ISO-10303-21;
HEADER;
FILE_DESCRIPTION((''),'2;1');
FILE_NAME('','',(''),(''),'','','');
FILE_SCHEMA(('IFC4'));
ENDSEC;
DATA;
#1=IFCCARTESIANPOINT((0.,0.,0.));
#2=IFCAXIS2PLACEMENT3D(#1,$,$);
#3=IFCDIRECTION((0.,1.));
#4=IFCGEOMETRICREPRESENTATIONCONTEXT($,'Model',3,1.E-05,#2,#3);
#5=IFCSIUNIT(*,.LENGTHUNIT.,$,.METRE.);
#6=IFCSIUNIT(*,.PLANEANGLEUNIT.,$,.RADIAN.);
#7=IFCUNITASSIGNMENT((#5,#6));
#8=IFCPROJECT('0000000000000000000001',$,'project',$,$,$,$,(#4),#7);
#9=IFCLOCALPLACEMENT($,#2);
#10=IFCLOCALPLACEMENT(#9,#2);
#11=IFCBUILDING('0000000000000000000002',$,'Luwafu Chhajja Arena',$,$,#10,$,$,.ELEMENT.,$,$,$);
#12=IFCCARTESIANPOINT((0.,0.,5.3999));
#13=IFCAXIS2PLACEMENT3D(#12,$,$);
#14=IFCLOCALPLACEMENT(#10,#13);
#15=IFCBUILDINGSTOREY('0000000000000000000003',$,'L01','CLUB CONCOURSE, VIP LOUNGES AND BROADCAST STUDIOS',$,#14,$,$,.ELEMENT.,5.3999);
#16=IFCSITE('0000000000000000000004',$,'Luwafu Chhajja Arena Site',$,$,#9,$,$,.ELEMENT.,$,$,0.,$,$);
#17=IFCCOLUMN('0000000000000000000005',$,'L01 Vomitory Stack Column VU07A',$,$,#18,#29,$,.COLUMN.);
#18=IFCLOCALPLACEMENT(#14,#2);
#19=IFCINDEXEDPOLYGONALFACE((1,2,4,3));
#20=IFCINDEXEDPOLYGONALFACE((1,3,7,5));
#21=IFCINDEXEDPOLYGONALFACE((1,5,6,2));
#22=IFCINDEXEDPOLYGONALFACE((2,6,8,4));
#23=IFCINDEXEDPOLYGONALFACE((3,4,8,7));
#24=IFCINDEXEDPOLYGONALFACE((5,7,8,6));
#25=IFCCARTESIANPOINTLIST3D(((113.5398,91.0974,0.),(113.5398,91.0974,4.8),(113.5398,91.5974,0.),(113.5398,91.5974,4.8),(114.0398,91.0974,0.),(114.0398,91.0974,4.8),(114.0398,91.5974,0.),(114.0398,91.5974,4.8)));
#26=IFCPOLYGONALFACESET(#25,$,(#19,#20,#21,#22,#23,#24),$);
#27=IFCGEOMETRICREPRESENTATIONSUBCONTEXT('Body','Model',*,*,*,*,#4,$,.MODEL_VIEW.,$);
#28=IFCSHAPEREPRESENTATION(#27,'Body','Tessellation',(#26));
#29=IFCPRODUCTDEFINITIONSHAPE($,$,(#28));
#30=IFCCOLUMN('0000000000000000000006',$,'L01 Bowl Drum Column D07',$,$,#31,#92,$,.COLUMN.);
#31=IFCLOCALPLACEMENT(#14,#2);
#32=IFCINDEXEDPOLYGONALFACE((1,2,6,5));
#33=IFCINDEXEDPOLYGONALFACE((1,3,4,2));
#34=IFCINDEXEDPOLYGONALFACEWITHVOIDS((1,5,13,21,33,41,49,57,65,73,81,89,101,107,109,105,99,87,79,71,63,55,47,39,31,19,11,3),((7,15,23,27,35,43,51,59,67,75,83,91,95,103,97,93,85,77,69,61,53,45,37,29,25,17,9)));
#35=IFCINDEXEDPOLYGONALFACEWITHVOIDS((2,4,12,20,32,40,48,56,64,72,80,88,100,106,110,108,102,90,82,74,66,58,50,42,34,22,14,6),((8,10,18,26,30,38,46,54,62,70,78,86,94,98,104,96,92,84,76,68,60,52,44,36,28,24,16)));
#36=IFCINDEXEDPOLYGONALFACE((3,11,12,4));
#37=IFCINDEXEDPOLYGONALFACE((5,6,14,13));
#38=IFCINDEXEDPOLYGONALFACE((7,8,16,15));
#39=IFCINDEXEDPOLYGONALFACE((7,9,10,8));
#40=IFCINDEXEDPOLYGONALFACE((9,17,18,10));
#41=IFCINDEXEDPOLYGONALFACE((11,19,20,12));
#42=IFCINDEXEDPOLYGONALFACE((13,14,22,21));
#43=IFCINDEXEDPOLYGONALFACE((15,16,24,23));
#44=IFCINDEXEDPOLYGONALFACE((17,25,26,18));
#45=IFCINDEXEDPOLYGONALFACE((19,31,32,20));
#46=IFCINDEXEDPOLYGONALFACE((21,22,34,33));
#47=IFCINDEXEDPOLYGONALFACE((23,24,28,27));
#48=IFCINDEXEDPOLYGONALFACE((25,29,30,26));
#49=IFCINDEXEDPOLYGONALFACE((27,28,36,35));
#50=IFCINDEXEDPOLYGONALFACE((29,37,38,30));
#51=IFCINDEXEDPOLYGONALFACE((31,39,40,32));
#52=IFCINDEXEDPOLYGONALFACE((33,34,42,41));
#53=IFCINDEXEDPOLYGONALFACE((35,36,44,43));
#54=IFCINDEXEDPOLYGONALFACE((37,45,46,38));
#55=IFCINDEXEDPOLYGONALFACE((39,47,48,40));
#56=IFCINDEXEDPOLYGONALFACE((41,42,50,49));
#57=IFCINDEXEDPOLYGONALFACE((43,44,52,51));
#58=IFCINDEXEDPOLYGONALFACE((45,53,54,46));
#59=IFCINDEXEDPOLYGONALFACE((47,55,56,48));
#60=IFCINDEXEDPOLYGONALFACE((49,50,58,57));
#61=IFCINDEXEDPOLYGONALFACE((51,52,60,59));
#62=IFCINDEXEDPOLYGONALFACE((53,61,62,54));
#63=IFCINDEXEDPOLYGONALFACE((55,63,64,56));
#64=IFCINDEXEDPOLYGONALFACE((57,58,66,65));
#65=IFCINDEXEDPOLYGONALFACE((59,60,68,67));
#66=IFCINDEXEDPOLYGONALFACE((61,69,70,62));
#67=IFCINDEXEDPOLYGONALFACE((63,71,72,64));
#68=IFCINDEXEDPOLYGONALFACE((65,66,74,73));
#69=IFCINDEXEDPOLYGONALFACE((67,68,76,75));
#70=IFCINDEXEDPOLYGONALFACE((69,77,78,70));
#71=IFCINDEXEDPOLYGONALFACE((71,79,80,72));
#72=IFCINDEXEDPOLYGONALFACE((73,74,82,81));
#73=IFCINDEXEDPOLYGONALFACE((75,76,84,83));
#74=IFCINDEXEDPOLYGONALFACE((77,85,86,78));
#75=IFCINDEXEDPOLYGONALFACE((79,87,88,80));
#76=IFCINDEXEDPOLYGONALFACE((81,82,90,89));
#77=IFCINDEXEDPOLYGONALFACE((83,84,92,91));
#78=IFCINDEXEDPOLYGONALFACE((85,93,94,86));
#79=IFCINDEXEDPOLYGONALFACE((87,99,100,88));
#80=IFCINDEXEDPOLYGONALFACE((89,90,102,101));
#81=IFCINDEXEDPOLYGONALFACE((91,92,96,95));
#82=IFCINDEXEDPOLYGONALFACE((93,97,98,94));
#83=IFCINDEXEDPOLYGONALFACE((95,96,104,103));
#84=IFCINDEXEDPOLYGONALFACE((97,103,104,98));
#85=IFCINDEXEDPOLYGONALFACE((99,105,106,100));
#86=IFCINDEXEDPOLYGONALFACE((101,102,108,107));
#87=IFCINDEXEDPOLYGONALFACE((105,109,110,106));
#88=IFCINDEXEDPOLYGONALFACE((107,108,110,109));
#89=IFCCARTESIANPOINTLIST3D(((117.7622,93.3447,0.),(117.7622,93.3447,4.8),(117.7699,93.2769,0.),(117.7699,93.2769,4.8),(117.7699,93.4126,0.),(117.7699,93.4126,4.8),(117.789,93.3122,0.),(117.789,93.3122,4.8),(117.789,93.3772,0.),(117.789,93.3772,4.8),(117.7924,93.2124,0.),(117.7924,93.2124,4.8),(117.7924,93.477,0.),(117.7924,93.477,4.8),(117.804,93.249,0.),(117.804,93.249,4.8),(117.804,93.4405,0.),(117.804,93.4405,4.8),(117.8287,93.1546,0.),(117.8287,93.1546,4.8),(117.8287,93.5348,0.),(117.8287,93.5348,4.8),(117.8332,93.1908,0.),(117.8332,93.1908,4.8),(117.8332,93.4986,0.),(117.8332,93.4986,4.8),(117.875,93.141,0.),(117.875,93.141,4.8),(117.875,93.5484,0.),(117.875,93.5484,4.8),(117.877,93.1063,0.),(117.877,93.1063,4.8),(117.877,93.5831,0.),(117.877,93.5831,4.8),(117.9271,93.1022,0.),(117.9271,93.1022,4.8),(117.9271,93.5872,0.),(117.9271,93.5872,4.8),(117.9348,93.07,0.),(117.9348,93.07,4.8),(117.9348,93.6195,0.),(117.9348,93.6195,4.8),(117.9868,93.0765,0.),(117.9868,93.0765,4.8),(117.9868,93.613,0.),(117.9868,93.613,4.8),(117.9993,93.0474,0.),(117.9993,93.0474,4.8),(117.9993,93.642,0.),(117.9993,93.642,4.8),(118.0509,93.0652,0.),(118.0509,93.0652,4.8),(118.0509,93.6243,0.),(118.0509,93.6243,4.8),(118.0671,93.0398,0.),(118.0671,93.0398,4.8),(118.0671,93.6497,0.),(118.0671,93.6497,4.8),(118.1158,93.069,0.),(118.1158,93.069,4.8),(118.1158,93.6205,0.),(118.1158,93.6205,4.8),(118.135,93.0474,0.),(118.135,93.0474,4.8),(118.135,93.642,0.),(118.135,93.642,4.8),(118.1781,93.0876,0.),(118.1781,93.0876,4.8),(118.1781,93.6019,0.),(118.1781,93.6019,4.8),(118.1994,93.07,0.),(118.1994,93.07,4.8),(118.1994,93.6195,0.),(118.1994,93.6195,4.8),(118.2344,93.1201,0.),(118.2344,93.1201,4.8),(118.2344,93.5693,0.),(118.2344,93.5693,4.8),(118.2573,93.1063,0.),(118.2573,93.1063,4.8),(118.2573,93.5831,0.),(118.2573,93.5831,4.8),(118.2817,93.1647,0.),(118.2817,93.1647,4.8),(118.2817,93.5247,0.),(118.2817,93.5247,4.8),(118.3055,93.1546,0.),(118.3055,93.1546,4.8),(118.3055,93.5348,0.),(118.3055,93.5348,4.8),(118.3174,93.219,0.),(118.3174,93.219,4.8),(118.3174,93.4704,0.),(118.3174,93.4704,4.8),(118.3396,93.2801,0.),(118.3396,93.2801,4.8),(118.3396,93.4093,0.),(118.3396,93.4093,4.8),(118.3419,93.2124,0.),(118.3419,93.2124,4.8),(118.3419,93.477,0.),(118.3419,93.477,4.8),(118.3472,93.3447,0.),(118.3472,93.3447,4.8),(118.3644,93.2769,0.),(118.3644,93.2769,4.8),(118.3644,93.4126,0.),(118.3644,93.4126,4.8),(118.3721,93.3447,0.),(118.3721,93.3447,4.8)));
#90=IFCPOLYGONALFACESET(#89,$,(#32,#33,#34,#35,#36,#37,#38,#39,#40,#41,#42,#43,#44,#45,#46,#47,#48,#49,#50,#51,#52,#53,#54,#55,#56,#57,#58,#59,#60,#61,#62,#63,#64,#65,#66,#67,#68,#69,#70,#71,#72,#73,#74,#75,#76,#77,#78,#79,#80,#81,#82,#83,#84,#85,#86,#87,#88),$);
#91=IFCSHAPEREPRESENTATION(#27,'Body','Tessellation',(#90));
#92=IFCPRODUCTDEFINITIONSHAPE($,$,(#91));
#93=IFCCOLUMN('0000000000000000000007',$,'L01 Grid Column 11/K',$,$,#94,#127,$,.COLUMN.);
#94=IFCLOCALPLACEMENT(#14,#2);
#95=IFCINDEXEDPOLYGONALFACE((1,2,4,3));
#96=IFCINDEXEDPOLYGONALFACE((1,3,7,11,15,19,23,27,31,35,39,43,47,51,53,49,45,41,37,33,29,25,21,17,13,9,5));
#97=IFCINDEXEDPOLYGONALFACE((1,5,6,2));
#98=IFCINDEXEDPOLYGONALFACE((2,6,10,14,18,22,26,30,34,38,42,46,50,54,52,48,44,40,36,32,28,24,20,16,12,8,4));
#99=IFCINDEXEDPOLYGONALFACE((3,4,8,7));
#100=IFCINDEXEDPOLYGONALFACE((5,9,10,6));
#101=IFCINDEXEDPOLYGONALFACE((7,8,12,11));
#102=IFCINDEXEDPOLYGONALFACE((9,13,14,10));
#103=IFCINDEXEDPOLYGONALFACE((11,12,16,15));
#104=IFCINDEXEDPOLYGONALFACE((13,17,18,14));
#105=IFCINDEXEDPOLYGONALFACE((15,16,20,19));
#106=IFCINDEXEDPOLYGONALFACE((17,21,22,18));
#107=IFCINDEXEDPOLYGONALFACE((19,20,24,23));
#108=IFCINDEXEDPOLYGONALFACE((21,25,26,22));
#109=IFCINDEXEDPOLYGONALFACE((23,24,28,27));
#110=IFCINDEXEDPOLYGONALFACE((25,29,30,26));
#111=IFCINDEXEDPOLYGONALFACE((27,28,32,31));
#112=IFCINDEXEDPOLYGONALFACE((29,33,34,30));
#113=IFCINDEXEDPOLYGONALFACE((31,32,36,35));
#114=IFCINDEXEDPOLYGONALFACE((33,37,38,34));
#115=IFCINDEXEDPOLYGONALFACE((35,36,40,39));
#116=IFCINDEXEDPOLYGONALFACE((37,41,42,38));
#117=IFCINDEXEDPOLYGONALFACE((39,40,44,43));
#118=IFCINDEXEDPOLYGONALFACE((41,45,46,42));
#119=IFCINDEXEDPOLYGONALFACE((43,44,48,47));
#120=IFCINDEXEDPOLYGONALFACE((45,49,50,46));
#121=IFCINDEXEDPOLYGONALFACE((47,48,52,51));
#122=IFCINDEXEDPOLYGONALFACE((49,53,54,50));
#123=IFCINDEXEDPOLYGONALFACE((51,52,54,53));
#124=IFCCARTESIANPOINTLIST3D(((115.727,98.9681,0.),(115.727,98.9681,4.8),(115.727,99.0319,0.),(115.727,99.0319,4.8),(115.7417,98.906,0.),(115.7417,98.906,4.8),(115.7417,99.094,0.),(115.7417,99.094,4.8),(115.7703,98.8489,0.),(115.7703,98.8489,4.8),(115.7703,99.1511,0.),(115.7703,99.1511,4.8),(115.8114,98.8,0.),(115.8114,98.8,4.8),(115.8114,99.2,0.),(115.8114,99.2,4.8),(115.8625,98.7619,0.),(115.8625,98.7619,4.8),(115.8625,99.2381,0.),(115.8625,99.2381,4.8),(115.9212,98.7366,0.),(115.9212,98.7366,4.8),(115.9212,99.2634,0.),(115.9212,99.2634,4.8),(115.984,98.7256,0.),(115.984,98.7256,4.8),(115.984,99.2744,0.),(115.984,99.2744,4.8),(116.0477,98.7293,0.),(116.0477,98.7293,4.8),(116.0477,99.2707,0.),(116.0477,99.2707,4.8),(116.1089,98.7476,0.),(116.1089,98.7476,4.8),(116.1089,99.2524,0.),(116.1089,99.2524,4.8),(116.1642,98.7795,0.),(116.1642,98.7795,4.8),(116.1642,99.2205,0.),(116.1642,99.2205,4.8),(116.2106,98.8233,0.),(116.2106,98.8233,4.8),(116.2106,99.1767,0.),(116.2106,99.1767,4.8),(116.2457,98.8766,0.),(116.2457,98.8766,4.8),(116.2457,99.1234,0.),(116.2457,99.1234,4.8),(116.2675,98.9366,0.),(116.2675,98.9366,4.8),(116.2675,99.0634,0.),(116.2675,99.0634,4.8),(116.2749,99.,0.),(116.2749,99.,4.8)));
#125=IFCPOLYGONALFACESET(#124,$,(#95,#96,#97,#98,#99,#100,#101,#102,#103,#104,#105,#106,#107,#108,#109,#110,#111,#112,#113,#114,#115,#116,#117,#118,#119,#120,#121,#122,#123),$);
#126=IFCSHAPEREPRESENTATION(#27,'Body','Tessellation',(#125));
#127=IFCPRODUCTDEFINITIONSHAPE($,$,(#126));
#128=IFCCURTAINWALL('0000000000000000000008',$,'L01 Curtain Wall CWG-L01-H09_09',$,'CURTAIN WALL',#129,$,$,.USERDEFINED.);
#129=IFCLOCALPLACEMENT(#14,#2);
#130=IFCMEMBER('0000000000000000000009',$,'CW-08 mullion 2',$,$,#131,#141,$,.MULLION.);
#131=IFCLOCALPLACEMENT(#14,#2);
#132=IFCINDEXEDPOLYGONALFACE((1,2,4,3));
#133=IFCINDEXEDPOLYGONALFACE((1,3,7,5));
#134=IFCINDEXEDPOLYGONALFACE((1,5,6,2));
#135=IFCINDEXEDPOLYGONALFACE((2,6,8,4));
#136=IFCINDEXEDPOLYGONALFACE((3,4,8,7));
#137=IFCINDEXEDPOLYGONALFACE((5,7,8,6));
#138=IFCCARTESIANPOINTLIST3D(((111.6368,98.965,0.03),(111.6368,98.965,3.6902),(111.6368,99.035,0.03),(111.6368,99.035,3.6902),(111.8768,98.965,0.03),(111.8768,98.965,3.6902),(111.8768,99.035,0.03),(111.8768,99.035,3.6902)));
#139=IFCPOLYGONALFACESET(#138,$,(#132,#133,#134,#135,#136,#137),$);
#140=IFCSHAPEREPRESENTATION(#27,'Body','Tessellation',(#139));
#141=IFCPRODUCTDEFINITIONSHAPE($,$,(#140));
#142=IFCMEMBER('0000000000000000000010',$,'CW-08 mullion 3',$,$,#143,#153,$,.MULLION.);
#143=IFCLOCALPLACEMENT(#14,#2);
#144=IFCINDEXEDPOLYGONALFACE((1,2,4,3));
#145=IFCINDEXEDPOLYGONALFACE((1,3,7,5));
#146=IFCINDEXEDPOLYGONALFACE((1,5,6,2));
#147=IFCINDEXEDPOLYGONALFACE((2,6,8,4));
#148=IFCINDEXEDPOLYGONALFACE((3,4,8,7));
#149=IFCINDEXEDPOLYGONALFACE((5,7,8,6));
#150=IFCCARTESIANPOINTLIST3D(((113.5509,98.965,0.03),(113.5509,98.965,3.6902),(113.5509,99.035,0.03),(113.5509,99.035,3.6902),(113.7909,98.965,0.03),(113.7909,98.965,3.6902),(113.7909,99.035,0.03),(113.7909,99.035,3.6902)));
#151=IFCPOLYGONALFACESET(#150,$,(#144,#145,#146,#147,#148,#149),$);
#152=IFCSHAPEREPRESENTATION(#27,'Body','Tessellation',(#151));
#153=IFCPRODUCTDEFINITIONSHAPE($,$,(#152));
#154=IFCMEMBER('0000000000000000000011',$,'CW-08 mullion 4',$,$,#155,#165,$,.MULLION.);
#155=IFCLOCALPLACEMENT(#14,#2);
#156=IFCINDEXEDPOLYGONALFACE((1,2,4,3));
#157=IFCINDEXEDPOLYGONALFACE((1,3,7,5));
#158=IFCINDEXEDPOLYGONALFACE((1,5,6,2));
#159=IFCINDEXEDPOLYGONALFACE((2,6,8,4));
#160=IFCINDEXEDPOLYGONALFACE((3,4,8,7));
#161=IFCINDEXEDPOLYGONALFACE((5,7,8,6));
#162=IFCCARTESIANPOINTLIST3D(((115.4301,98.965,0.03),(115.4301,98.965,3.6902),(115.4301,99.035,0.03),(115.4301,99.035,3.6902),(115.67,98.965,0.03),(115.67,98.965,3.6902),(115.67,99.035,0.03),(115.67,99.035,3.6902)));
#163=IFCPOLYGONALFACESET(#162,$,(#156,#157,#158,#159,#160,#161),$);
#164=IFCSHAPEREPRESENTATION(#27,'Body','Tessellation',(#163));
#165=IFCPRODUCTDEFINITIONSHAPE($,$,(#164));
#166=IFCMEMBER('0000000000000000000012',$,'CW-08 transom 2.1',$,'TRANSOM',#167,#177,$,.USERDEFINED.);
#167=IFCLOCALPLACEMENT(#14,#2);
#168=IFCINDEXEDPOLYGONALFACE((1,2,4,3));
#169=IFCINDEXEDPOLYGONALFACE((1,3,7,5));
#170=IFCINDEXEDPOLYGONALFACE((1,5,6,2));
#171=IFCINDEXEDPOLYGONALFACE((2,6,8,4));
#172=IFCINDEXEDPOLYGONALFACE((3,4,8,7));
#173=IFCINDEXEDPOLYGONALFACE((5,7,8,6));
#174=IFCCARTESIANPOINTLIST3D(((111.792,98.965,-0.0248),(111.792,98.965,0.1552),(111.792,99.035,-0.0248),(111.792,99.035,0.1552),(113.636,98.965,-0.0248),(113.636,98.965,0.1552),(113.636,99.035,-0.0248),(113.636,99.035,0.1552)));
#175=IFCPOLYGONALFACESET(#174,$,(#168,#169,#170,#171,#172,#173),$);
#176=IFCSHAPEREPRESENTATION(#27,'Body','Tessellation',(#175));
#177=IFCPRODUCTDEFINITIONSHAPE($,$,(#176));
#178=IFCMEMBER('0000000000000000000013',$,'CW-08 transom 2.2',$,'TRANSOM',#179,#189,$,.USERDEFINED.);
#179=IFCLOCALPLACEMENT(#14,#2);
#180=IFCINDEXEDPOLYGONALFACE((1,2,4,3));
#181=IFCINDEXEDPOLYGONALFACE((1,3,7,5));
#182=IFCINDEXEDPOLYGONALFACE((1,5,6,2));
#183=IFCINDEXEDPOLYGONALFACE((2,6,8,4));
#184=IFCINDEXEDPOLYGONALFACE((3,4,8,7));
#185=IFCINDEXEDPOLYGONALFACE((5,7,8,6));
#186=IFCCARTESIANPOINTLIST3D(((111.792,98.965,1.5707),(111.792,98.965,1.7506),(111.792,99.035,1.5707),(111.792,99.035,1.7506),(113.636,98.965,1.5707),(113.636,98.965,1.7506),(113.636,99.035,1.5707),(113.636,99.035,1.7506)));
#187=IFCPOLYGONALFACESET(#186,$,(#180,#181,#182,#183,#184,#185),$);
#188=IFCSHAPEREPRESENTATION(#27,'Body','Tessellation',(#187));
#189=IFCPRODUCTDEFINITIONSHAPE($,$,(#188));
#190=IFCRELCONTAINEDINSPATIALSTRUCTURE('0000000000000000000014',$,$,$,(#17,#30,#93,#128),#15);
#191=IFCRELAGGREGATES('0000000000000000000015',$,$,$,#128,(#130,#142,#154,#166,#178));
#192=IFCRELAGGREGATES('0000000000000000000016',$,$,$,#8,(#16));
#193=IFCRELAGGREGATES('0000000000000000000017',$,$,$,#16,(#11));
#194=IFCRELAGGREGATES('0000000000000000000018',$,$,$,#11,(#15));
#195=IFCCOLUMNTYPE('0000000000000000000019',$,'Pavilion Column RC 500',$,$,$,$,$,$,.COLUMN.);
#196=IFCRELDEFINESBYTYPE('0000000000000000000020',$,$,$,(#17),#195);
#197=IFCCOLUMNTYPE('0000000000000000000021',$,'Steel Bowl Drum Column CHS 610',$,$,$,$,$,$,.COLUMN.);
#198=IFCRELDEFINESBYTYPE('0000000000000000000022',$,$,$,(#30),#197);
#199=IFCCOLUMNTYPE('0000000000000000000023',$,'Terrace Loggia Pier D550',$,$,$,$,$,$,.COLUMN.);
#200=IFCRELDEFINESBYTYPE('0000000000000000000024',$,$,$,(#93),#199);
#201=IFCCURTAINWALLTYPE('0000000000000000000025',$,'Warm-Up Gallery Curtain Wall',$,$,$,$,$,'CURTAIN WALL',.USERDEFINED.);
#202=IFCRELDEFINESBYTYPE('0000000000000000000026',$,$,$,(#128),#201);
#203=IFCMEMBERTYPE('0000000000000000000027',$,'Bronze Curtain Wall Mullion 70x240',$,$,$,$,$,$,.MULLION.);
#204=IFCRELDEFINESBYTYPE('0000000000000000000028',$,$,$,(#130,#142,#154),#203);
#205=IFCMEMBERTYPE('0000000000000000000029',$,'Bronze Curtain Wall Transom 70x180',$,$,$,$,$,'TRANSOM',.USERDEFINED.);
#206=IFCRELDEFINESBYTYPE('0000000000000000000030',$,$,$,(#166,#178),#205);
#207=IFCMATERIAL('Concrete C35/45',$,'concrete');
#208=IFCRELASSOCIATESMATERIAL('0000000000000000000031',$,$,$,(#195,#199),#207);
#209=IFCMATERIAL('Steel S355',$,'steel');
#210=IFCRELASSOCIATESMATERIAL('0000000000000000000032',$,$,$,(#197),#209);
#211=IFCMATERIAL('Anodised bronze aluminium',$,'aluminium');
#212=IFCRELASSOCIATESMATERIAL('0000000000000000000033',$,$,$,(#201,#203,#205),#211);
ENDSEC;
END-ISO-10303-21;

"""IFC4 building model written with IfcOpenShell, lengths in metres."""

from ifc_helpers import new_model, si_unit, direction, frame, origin, origin_2d, place, context, subcontext, project, spatial, rectangle, circle, hollow_circle, extrude, material, material_profile, profile_set, type_object, element, aggregate, save


model = new_model("IFC4")

# Units and contexts
model_context = context("Model", 3, precision=1e-05, world=origin(), true_north=direction((0.0, 1.0)))
body_context = subcontext(model_context, "Body", "Model", "MODEL_VIEW")
ifc_project = project(units=[si_unit("LENGTHUNIT", "METRE"), si_unit("PLANEANGLEUNIT", "RADIAN")], contexts=[model_context])

# Site, building, storey
site_placement = place(None, origin())
site = spatial("IfcSite", under=ifc_project, at=site_placement, Name="Luwafu Chhajja Arena Site", CompositionType="ELEMENT", RefElevation=0.0)
building_placement = place(site_placement, origin())
building = spatial("IfcBuilding", under=site, at=building_placement, Name="Luwafu Chhajja Arena", CompositionType="ELEMENT")
storey_placement = place(building_placement, frame((0.0, 0.0, 5.3999)))
storey = spatial("IfcBuildingStorey", under=building, at=storey_placement, Name="L01", Description="CLUB CONCOURSE, VIP LOUNGES AND BROADCAST STUDIOS", CompositionType="ELEMENT", Elevation=5.3999)

# Columns
ifc_material_1 = material(Name="Concrete C35/45", Category="concrete")
ifc_material_profile_1 = material_profile(ifc_material_1, rectangle(XDim=0.5, YDim=0.5, at=origin_2d()), Name="RC 500x500")
ifc_profile_set_1 = profile_set([ifc_material_profile_1], Name="Concrete C35/45")
column_type_1 = type_object("IfcColumnType", Name="Pavilion Column RC 500", PredefinedType="COLUMN", material=ifc_profile_set_1)
column_1_placement = place(storey_placement, frame((113.7898, 91.3474, 0.0), z_axis=(0.0, 0.0, 1.0), x_axis=(1.0, 0.0, 0.0)))
element("IfcColumn", 1, at=column_1_placement, inside=storey, type_object=column_type_1, Name="L01 Vomitory Stack Column VU07A", PredefinedType="COLUMN", context=body_context, shape_type="SweptSolid", body=[
    extrude(rectangle(XDim=0.5, YDim=0.5, at=origin_2d()), origin(), (0.0, 0.0, 1.0), 4.8),
])
ifc_material_2 = material(Name="Steel S355", Category="steel")
ifc_material_profile_2 = material_profile(ifc_material_2, hollow_circle(Radius=0.3049, WallThickness=0.0249, at=origin_2d()), Name="CHS 610x25")
ifc_profile_set_2 = profile_set([ifc_material_profile_2], Name="Steel S355")
column_type_2 = type_object("IfcColumnType", Name="Steel Bowl Drum Column CHS 610", PredefinedType="COLUMN", material=ifc_profile_set_2)
column_2_placement = place(storey_placement, frame((118.0671, 93.3447, 0.0), z_axis=(0.0, 0.0, 1.0), x_axis=(1.0, 0.0, 0.0)))
element("IfcColumn", 2, at=column_2_placement, inside=storey, type_object=column_type_2, Name="L01 Bowl Drum Column D07", PredefinedType="COLUMN", context=body_context, shape_type="SweptSolid", body=[
    extrude(hollow_circle(Radius=0.3049, WallThickness=0.0249, at=origin_2d()), origin(), (0.0, 0.0, 1.0), 4.8),
])
ifc_material_profile_3 = material_profile(ifc_material_1, circle(Radius=0.2749, at=origin_2d()), Name="RC COL D550")
ifc_profile_set_3 = profile_set([ifc_material_profile_3], Name="Concrete C35/45")
column_type_3 = type_object("IfcColumnType", Name="Terrace Loggia Pier D550", PredefinedType="COLUMN", material=ifc_profile_set_3)
column_3_placement = place(storey_placement, frame((116.0, 99.0, 0.0), z_axis=(0.0, 0.0, 1.0), x_axis=(1.0, 0.0, 0.0)))
element("IfcColumn", 3, at=column_3_placement, inside=storey, type_object=column_type_3, Name="L01 Grid Column 11/K", PredefinedType="COLUMN", context=body_context, shape_type="SweptSolid", body=[
    extrude(circle(Radius=0.2749, at=origin_2d()), origin(), (0.0, 0.0, 1.0), 4.8),
])

# Curtain wall, members
ifc_material_3 = material(Name="Anodised bronze aluminium", Category="aluminium")
curtain_wall_type = type_object("IfcCurtainWallType", Name="Warm-Up Gallery Curtain Wall", ElementType="CURTAIN WALL", PredefinedType="USERDEFINED", material=ifc_material_3)
curtain_wall_placement = place(storey_placement, origin())
curtain_wall = element("IfcCurtainWall", 4, at=curtain_wall_placement, inside=storey, type_object=curtain_wall_type, Name="L01 Curtain Wall CWG-L01-H09_09", ObjectType="CURTAIN WALL", PredefinedType="USERDEFINED")
ifc_material_profile_4 = material_profile(ifc_material_3, rectangle(XDim=0.0701, YDim=0.24, at=origin_2d()), Name="CWM 70x240")
ifc_profile_set_4 = profile_set([ifc_material_profile_4], Name="Anodised bronze aluminium")
member_type_1 = type_object("IfcMemberType", Name="Bronze Curtain Wall Mullion 70x240", PredefinedType="MULLION", material=ifc_profile_set_4)
member_1_placement = place(storey_placement, frame((111.7568, 99.0, 0.03), z_axis=(0.0, 0.0, 1.0), x_axis=(0.0, 1.0, 0.0)))
member_1 = element("IfcMember", 5, at=member_1_placement, type_object=member_type_1, Name="CW-08 mullion 2", PredefinedType="MULLION", context=body_context, shape_type="SweptSolid", body=[
    extrude(rectangle(XDim=0.0701, YDim=0.24, at=origin_2d()), origin(), (0.0, 0.0, 1.0), 3.6602),
])
member_2_placement = place(storey_placement, frame((113.6709, 99.0, 0.03), z_axis=(0.0, 0.0, 1.0), x_axis=(0.0, 1.0, 0.0)))
member_2 = element("IfcMember", 6, at=member_2_placement, type_object=member_type_1, Name="CW-08 mullion 3", PredefinedType="MULLION", context=body_context, shape_type="SweptSolid", body=[
    extrude(rectangle(XDim=0.0701, YDim=0.24, at=origin_2d()), origin(), (0.0, 0.0, 1.0), 3.6602),
])
member_3_placement = place(storey_placement, frame((115.55, 99.0, 0.03), z_axis=(0.0, 0.0, 1.0), x_axis=(0.0, 1.0, 0.0)))
member_3 = element("IfcMember", 7, at=member_3_placement, type_object=member_type_1, Name="CW-08 mullion 4", PredefinedType="MULLION", context=body_context, shape_type="SweptSolid", body=[
    extrude(rectangle(XDim=0.0701, YDim=0.24, at=origin_2d()), origin(), (0.0, 0.0, 1.0), 3.6602),
])
ifc_material_profile_5 = material_profile(ifc_material_3, rectangle(XDim=0.0701, YDim=0.1799, at=origin_2d()), Name="CWT 70x180")
ifc_profile_set_5 = profile_set([ifc_material_profile_5], Name="Anodised bronze aluminium")
member_type_2 = type_object("IfcMemberType", Name="Bronze Curtain Wall Transom 70x180", ElementType="TRANSOM", PredefinedType="USERDEFINED", material=ifc_profile_set_5)
member_4_placement = place(storey_placement, frame((111.792, 99.0, 0.0652), z_axis=(1.0, 0.0, 0.0), x_axis=(0.0, 1.0, 0.0)))
member_4 = element("IfcMember", 8, at=member_4_placement, type_object=member_type_2, Name="CW-08 transom 2.1", ObjectType="TRANSOM", PredefinedType="USERDEFINED", context=body_context, shape_type="SweptSolid", body=[
    extrude(rectangle(XDim=0.0701, YDim=0.1799, at=origin_2d()), origin(), (0.0, 0.0, 1.0), 1.844),
])
member_5_placement = place(storey_placement, frame((111.792, 99.0, 1.6606), z_axis=(1.0, 0.0, 0.0), x_axis=(0.0, 1.0, 0.0)))
member_5 = element("IfcMember", 9, at=member_5_placement, type_object=member_type_2, Name="CW-08 transom 2.2", ObjectType="TRANSOM", PredefinedType="USERDEFINED", context=body_context, shape_type="SweptSolid", body=[
    extrude(rectangle(XDim=0.0701, YDim=0.1799, at=origin_2d()), origin(), (0.0, 0.0, 1.0), 1.844),
])

aggregate(curtain_wall, [member_1, member_2, member_3, member_4, member_5])

save(model, "model.ifc")
